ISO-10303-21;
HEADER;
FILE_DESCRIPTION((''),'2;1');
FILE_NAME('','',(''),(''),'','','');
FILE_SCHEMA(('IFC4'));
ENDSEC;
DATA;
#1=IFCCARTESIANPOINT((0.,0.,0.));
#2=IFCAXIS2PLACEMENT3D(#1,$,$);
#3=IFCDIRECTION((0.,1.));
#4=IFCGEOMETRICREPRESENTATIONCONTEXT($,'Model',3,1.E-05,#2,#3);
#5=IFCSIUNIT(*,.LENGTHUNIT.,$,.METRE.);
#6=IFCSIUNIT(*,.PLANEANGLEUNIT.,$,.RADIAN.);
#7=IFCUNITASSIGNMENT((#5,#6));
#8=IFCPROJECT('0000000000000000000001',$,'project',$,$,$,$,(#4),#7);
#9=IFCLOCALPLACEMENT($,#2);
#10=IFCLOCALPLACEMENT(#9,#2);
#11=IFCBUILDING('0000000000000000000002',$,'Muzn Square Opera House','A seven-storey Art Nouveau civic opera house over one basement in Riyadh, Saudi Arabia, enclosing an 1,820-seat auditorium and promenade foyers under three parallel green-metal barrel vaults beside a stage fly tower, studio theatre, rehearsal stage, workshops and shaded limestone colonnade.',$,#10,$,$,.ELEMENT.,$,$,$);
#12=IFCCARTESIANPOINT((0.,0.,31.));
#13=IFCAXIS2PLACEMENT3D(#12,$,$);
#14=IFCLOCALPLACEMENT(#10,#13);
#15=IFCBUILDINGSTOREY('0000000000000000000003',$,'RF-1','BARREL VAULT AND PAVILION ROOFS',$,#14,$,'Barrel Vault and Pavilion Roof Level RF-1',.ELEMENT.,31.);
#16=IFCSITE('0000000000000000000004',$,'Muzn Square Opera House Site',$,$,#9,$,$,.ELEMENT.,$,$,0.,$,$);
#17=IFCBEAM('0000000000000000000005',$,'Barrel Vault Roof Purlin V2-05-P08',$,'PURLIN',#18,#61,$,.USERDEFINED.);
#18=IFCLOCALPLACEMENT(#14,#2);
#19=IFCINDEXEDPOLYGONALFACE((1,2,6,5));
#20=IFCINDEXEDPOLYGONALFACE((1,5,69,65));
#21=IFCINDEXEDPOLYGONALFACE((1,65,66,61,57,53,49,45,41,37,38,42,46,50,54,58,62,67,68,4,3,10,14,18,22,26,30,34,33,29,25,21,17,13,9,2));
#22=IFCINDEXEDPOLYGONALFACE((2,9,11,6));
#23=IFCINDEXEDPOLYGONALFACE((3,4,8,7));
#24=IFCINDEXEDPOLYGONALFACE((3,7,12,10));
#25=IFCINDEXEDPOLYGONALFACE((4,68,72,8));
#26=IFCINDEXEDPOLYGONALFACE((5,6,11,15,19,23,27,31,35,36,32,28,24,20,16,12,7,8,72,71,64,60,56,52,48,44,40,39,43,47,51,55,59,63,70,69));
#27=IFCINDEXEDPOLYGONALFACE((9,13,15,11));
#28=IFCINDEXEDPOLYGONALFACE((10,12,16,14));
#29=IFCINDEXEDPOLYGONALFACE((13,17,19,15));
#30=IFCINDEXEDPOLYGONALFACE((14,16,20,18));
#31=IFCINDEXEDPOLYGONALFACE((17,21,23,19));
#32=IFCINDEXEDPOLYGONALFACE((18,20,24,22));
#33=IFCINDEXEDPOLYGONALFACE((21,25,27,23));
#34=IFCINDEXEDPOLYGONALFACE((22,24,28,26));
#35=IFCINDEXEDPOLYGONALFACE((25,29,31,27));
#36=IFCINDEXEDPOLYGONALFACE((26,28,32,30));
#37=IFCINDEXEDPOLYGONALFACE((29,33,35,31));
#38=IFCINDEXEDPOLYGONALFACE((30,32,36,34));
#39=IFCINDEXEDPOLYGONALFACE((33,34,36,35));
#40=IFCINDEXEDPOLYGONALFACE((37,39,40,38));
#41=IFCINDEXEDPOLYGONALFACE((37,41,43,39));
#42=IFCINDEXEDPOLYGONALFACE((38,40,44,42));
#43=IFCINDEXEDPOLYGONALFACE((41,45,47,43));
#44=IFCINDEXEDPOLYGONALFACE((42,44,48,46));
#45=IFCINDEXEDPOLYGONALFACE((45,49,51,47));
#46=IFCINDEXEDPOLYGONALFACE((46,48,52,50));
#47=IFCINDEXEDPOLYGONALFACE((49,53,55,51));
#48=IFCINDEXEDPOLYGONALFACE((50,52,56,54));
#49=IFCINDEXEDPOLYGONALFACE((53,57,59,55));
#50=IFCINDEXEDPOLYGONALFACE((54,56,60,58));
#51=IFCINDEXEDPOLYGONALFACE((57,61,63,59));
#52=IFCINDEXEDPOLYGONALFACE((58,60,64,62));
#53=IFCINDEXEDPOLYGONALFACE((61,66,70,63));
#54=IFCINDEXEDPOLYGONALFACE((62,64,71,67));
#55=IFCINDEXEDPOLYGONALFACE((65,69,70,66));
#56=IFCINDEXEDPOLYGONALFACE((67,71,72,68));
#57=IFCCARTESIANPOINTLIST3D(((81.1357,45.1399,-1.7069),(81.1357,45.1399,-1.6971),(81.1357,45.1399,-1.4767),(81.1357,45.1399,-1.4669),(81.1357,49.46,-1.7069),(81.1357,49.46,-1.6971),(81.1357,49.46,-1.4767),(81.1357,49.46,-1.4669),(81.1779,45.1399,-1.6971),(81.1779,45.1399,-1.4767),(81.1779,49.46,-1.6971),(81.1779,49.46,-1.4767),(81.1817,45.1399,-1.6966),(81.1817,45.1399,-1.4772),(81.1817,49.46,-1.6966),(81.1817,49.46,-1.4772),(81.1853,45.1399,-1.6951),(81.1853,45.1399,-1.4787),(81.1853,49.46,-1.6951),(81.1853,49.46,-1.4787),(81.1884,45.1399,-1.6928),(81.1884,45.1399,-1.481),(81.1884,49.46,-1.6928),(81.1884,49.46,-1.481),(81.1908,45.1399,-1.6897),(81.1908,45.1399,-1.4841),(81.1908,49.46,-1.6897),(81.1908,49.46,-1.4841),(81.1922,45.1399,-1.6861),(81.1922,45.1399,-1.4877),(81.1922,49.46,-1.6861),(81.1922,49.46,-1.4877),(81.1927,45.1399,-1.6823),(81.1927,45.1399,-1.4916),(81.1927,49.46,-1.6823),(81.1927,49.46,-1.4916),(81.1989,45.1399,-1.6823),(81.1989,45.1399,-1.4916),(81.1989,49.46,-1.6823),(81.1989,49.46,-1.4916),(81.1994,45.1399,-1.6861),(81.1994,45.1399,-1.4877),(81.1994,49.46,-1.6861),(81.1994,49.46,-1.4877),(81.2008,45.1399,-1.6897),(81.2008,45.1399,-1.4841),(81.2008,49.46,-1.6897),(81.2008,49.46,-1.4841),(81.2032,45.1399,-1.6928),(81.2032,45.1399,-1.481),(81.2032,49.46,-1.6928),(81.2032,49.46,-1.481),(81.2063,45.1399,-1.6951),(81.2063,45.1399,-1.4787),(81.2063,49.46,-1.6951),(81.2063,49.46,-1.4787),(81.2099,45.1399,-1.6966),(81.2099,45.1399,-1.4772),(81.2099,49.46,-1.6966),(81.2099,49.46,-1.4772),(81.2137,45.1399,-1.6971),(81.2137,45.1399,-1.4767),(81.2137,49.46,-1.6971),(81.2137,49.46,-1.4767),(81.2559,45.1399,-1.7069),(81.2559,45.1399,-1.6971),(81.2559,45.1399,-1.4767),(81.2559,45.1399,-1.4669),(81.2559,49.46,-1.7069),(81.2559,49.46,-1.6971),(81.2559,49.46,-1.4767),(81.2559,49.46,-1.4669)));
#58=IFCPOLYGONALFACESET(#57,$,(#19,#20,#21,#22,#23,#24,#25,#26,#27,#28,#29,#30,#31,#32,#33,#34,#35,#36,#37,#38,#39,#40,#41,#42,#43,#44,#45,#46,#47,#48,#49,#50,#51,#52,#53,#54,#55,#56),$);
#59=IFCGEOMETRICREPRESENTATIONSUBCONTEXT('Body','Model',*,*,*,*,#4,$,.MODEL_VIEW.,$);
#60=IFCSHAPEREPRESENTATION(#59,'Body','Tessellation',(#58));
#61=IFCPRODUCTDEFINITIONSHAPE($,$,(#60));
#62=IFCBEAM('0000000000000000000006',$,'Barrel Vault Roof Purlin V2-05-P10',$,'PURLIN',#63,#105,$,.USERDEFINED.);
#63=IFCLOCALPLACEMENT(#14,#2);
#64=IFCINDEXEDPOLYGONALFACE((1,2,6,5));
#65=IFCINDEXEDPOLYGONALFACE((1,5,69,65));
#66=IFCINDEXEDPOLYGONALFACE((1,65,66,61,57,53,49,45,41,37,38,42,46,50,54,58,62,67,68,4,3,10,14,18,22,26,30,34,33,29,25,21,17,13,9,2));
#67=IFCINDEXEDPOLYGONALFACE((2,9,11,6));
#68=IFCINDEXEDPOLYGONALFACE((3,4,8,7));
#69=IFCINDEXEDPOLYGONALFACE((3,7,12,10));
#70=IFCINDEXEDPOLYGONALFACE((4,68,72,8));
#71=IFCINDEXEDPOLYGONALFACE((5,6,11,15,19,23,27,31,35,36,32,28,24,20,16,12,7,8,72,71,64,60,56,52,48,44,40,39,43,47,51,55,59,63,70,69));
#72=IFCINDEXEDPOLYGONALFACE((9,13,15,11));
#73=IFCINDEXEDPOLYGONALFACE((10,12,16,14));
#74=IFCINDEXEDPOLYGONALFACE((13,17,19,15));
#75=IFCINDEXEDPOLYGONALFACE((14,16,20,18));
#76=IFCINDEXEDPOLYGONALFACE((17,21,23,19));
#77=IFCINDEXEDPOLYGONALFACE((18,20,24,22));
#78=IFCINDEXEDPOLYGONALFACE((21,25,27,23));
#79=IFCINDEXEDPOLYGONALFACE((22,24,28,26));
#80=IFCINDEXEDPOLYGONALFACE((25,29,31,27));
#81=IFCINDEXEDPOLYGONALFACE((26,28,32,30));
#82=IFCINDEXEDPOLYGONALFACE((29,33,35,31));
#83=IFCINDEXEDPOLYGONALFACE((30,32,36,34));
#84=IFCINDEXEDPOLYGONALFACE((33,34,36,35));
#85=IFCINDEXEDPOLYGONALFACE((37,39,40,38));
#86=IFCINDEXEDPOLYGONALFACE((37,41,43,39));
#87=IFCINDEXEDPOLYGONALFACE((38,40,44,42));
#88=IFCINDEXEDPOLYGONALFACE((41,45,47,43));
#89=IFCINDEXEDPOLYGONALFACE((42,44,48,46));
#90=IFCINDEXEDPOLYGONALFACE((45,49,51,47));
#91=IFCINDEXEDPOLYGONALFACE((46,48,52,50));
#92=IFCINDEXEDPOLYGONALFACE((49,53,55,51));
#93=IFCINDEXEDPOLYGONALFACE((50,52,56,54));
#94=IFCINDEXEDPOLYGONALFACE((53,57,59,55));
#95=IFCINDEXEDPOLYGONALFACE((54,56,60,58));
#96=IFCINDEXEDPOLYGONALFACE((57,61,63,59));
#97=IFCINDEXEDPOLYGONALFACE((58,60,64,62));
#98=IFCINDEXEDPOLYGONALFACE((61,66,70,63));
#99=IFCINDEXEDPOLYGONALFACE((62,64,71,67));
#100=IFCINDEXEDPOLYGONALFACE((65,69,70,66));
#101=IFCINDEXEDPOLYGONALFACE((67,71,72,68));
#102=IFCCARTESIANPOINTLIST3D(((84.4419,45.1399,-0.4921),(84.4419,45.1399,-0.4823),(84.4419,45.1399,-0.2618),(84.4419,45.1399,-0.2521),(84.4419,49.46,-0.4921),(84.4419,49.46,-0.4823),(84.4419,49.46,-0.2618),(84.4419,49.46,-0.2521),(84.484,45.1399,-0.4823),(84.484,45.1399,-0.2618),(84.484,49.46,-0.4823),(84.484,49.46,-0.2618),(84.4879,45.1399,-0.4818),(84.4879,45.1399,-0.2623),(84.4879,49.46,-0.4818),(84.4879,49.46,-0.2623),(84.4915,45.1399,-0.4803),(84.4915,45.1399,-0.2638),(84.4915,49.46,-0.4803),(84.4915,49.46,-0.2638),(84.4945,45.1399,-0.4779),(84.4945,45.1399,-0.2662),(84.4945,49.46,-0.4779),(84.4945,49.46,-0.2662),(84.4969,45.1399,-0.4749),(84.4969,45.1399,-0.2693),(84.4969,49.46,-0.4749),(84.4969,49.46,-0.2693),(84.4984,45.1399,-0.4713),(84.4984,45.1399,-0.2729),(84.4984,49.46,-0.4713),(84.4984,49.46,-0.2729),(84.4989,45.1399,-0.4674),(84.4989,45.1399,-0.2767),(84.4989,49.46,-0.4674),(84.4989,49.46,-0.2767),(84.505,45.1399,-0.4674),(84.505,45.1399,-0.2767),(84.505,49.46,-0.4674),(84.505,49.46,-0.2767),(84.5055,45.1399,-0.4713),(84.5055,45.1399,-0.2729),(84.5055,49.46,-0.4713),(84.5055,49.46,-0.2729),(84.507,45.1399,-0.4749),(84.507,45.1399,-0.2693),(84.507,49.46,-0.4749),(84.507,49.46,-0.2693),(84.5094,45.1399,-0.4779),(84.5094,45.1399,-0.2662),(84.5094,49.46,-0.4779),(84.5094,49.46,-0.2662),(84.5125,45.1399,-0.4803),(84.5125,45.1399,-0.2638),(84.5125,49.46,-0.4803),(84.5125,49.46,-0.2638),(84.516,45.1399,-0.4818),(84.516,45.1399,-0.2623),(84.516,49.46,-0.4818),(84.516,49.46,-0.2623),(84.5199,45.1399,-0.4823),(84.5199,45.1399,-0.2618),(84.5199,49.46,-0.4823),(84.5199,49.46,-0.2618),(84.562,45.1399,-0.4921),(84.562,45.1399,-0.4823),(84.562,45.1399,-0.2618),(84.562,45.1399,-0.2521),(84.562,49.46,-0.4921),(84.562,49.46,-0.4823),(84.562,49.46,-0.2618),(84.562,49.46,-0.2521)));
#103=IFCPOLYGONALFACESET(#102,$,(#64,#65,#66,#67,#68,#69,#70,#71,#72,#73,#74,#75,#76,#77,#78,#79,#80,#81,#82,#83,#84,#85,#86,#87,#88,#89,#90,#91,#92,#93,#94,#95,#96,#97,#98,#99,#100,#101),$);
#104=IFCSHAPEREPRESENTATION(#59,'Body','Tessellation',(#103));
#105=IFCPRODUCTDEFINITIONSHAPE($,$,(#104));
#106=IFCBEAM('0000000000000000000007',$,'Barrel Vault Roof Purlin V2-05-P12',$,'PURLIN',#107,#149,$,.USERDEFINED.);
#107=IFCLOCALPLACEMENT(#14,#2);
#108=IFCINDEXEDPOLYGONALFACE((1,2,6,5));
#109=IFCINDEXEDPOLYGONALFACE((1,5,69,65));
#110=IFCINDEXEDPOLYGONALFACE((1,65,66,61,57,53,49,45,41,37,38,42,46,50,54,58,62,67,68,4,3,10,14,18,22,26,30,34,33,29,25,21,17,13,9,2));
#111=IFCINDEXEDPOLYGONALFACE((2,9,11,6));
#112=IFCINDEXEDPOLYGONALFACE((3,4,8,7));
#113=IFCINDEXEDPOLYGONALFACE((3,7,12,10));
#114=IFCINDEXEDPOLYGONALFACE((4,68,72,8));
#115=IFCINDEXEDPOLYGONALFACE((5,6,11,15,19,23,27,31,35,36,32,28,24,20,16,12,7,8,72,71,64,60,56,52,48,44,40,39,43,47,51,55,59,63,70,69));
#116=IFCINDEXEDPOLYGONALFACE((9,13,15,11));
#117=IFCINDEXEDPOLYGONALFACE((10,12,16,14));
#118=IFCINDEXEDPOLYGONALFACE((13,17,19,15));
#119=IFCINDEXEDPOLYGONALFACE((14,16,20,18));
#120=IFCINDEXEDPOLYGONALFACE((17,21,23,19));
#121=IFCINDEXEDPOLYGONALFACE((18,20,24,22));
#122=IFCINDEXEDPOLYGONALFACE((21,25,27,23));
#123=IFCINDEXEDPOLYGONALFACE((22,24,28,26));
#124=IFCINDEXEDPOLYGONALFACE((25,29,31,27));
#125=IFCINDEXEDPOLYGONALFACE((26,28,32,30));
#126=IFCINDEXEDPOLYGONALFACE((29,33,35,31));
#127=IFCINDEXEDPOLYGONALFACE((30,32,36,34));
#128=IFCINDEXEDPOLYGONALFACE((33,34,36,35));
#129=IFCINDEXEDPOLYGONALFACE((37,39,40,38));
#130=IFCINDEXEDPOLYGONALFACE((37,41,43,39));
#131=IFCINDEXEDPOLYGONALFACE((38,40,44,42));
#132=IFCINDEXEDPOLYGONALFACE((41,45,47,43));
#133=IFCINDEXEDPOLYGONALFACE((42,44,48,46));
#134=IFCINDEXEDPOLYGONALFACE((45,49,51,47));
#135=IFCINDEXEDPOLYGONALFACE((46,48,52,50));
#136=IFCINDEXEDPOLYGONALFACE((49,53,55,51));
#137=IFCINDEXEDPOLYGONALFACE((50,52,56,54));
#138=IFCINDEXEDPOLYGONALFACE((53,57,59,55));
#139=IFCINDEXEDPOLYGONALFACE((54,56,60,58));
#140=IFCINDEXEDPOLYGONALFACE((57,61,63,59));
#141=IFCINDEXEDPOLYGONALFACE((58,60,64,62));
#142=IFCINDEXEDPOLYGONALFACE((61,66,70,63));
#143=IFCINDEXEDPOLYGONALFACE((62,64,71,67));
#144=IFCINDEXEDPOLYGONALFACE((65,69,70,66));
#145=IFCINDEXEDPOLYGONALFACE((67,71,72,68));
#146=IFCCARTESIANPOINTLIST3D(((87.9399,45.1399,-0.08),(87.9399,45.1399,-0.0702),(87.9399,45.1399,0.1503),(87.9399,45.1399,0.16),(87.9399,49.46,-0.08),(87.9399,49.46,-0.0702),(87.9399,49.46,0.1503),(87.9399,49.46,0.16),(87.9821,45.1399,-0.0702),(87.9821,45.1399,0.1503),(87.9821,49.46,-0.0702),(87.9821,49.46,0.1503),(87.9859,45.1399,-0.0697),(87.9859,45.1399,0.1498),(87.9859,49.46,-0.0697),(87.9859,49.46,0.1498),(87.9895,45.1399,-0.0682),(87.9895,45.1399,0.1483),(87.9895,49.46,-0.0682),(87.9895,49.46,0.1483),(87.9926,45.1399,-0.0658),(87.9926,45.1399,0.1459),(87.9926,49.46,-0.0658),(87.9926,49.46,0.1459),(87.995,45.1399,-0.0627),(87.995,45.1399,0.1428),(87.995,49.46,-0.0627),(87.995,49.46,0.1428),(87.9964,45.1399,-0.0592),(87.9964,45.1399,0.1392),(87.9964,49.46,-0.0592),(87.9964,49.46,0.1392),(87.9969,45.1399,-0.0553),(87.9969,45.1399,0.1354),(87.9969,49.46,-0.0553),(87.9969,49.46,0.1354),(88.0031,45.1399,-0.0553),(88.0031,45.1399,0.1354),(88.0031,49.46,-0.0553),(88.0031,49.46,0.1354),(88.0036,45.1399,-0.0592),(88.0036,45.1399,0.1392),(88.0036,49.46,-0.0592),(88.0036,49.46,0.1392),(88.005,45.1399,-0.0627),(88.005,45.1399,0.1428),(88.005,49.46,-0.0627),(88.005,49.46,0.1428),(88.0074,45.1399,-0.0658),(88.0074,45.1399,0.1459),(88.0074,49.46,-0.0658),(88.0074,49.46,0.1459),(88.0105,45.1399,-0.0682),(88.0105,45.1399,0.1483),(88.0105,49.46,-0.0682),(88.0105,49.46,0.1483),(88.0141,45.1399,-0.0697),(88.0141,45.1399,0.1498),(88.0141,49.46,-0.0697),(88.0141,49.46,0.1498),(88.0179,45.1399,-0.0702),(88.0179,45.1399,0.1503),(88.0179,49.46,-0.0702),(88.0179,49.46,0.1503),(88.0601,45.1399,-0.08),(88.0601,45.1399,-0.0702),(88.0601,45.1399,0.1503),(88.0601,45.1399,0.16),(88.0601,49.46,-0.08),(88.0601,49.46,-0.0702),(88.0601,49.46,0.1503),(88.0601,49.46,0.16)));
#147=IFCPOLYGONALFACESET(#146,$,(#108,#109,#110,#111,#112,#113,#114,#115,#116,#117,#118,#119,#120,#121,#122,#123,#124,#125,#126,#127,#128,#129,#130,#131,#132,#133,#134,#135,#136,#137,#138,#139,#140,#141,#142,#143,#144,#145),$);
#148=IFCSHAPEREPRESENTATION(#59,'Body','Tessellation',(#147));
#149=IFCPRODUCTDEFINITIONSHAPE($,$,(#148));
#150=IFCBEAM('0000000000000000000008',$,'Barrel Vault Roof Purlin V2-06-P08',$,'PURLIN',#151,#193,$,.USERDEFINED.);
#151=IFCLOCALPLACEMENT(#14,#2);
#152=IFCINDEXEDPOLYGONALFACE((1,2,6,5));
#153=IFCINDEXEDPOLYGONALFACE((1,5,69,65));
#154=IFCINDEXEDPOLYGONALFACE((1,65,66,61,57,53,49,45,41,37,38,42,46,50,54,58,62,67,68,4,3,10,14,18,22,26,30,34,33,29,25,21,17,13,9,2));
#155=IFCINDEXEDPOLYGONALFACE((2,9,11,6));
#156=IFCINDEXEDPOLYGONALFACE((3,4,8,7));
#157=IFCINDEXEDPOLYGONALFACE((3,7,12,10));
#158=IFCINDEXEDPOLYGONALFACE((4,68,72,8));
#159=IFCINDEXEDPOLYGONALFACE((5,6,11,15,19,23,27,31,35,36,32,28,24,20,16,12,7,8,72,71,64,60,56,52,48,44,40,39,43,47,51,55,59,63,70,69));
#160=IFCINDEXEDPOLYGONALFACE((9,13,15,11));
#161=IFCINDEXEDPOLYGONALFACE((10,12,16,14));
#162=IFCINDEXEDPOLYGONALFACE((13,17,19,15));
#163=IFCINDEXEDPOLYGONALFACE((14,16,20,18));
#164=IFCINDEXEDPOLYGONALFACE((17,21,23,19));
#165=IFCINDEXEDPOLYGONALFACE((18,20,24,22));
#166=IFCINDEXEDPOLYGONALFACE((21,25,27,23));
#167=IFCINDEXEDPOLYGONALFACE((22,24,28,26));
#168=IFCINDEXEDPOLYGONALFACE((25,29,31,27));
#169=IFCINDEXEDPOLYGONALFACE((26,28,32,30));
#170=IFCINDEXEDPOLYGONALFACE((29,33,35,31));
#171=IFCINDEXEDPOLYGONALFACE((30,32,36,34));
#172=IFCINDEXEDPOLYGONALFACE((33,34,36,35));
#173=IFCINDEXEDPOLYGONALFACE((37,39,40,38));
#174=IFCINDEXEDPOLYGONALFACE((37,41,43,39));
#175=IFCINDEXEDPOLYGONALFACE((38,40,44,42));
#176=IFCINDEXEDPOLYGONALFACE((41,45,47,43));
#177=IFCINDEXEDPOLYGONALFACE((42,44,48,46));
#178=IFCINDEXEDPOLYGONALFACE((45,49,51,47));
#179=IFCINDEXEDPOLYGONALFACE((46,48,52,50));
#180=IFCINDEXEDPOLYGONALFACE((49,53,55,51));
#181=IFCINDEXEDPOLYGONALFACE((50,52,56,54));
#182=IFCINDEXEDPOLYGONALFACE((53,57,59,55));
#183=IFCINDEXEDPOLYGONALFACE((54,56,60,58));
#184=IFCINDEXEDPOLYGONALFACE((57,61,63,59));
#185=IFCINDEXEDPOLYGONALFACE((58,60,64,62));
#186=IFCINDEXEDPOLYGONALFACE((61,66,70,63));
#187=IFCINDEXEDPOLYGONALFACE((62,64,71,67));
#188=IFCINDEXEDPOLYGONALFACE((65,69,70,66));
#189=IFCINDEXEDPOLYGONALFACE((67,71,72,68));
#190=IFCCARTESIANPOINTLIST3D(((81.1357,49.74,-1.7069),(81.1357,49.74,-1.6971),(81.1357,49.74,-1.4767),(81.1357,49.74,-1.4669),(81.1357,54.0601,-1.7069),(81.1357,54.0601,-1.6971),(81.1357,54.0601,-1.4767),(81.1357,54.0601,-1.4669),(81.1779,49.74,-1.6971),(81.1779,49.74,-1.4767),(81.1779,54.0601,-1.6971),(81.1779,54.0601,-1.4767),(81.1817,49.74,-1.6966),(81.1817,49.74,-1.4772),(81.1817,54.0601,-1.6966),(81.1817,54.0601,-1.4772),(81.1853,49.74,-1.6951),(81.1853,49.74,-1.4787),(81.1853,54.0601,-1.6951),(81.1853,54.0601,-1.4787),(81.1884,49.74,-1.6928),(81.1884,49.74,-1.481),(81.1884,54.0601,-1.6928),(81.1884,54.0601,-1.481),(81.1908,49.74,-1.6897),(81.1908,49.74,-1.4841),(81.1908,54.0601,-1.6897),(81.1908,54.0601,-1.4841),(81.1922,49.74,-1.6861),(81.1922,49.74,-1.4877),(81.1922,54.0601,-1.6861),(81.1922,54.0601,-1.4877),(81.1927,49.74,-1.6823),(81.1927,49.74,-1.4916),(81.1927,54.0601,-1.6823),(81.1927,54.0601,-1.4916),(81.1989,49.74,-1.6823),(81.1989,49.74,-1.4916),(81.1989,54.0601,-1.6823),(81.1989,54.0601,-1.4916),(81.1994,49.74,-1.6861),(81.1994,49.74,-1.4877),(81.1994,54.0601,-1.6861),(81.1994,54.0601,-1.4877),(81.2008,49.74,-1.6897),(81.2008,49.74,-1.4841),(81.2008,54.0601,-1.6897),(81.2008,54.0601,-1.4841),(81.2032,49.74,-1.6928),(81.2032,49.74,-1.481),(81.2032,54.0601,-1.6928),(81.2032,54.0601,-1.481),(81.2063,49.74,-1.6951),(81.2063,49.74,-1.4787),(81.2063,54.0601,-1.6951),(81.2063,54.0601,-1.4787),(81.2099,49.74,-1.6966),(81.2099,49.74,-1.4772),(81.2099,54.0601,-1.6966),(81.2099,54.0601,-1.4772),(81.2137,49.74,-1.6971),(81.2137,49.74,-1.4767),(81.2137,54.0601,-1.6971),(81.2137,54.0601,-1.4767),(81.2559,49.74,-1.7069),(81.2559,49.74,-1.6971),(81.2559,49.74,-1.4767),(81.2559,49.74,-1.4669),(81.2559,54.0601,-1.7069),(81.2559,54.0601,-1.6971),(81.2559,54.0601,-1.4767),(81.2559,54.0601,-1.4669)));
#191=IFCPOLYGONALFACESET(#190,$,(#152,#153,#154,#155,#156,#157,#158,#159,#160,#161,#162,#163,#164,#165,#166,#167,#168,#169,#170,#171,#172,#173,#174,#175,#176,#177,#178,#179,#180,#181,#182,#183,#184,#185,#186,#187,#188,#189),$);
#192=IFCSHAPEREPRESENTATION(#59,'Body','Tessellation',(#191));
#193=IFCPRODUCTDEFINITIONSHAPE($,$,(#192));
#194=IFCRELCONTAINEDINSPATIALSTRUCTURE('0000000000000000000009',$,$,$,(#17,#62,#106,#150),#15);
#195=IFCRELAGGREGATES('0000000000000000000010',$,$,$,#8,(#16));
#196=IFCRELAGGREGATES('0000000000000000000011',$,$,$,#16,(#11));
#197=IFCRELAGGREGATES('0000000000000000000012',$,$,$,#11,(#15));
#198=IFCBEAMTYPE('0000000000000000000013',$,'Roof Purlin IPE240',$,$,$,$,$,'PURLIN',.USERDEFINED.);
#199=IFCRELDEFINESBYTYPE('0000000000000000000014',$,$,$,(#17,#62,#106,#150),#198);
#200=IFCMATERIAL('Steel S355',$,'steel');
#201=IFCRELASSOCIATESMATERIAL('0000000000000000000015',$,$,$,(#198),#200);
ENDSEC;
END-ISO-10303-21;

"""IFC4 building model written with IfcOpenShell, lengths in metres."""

from ifc_helpers import new_model, si_unit, direction, frame, origin, origin_2d, place, context, subcontext, project, spatial, i_section, extrude, material, material_profile, profile_set, type_object, element, save


model = new_model("IFC4")

# Units and contexts
model_context = context("Model", 3, precision=1e-05, world=origin(), true_north=direction((0.0, 1.0)))
body_context = subcontext(model_context, "Body", "Model", "MODEL_VIEW")
ifc_project = project(units=[si_unit("LENGTHUNIT", "METRE"), si_unit("PLANEANGLEUNIT", "RADIAN")], contexts=[model_context])

# Site, building, storey
site_placement = place(None, origin())
site = spatial("IfcSite", under=ifc_project, at=site_placement, Name="Muzn Square Opera House Site", CompositionType="ELEMENT", RefElevation=0.0)
building_placement = place(site_placement, origin())
building = spatial("IfcBuilding", under=site, at=building_placement, Name="Muzn Square Opera House", Description="A seven-storey Art Nouveau civic opera house over one basement in Riyadh, Saudi Arabia, enclosing an 1,820-seat auditorium and promenade foyers under three parallel green-metal barrel vaults beside a stage fly tower, studio theatre, rehearsal stage, workshops and shaded limestone colonnade.", CompositionType="ELEMENT")
storey_placement = place(building_placement, frame((0.0, 0.0, 31.0)))
storey = spatial("IfcBuildingStorey", under=building, at=storey_placement, Name="RF-1", Description="BARREL VAULT AND PAVILION ROOFS", LongName="Barrel Vault and Pavilion Roof Level RF-1", CompositionType="ELEMENT", Elevation=31.0)

# Beams
ifc_material_1 = material(Name="Steel S355", Category="steel")
ifc_material_profile_1 = material_profile(ifc_material_1, i_section(OverallWidth=0.1201, OverallDepth=0.24, WebThickness=0.0061, FlangeThickness=0.0098, FilletRadius=0.0149, at=origin_2d()), Name="IPE 240", Category="steel")
ifc_profile_set_1 = profile_set([ifc_material_profile_1], Name="Steel S355")
beam_type_1 = type_object("IfcBeamType", Name="Roof Purlin IPE240", ElementType="PURLIN", PredefinedType="USERDEFINED", material=ifc_profile_set_1)
for number, where, z_axis, x_axis, name in (
    (1, (81.1958, 45.1399, -1.5869), (0.0, 1.0, 0.0), (-1.0, 0.0, 0.0), "Barrel Vault Roof Purlin V2-05-P08"),
    (2, (84.502, 45.1399, -0.3721), (0.0, 1.0, 0.0), (-1.0, 0.0, 0.0), "Barrel Vault Roof Purlin V2-05-P10"),
    (3, (88.0, 45.1399, 0.04), (0.0, 1.0, 0.0), (-1.0, 0.0, 0.0), "Barrel Vault Roof Purlin V2-05-P12"),
    (4, (81.1958, 49.74, -1.5869), (0.0, 1.0, 0.0), (-1.0, 0.0, 0.0), "Barrel Vault Roof Purlin V2-06-P08"),
):
    element("IfcBeam", number, at=place(storey_placement, frame(where, z_axis=z_axis, x_axis=x_axis)), inside=storey, type_object=beam_type_1, Name=name, ObjectType="PURLIN", PredefinedType="USERDEFINED", context=body_context, shape_type="SweptSolid", body=[
        extrude(i_section(OverallWidth=0.1201, OverallDepth=0.24, WebThickness=0.0061, FlangeThickness=0.0098, FilletRadius=0.0149, at=origin_2d()), origin(), (0.0, 0.0, 1.0), 4.3201),
    ])

save(model, "model.ifc")
